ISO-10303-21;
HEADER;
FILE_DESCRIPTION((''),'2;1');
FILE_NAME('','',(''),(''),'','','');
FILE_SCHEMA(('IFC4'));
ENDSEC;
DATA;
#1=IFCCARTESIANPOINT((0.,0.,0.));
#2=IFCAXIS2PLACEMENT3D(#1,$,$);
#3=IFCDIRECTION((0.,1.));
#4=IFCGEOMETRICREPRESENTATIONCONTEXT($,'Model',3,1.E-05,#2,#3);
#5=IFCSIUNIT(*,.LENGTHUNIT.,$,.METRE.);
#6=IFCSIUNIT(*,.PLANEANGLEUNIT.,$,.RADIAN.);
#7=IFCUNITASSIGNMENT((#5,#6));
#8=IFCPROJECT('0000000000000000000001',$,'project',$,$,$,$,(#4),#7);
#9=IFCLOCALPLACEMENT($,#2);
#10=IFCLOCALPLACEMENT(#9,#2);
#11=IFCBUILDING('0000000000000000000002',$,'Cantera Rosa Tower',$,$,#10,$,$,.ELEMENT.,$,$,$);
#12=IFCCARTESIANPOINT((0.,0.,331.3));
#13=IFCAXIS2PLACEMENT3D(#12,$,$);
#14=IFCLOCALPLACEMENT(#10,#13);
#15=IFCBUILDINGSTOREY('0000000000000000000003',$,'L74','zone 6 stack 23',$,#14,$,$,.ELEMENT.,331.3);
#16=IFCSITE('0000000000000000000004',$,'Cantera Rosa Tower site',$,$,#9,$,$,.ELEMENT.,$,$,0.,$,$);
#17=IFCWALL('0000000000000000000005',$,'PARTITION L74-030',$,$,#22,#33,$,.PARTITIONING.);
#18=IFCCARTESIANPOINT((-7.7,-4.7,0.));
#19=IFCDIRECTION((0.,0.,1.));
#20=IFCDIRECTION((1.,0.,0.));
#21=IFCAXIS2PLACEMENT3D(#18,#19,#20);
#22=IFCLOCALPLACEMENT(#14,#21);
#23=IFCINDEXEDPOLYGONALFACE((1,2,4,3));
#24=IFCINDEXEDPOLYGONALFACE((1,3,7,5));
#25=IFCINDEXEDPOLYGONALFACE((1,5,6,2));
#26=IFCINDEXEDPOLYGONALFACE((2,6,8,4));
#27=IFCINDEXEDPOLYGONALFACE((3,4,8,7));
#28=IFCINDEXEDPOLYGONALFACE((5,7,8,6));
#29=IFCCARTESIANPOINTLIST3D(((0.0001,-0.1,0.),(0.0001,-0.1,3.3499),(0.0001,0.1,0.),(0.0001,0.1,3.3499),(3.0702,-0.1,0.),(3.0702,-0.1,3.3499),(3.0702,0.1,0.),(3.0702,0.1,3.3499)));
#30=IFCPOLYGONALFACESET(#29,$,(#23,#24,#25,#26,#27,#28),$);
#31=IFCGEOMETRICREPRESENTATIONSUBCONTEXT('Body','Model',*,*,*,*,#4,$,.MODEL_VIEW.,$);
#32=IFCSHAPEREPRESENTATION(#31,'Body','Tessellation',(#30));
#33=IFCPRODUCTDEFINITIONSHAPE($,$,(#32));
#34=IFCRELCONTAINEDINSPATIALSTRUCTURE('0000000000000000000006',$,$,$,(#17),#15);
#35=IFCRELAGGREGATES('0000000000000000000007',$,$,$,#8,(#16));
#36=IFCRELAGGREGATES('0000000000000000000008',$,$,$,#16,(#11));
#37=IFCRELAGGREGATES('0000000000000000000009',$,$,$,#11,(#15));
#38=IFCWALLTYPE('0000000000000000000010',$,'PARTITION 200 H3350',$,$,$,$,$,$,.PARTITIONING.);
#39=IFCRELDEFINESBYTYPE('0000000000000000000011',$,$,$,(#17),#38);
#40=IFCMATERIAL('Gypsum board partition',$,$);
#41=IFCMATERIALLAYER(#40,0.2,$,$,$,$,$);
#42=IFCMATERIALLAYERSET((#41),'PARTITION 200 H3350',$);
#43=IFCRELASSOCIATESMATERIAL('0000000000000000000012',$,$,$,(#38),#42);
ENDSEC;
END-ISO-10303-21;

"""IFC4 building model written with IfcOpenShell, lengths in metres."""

from ifc_helpers import new_model, si_unit, direction, frame, frame_2d, origin, place, context, subcontext, project, spatial, rectangle, extrude, material, layer, layer_set, type_object, element, save


model = new_model("IFC4")

# Units and contexts
model_context = context("Model", 3, precision=1e-05, world=origin(), true_north=direction((0.0, 1.0)))
body_context = subcontext(model_context, "Body", "Model", "MODEL_VIEW")
ifc_project = project(units=[si_unit("LENGTHUNIT", "METRE"), si_unit("PLANEANGLEUNIT", "RADIAN")], contexts=[model_context])

# Site, building, storey
site_placement = place(None, origin())
site = spatial("IfcSite", under=ifc_project, at=site_placement, Name="Cantera Rosa Tower site", CompositionType="ELEMENT", RefElevation=0.0)
building_placement = place(site_placement, origin())
building = spatial("IfcBuilding", under=site, at=building_placement, Name="Cantera Rosa Tower", CompositionType="ELEMENT")
storey_placement = place(building_placement, frame((0.0, 0.0, 331.3)))
storey = spatial("IfcBuildingStorey", under=building, at=storey_placement, Name="L74", Description="zone 6 stack 23", CompositionType="ELEMENT", Elevation=331.3)

# Wall
ifc_material_1 = material(Name="Gypsum board partition")
ifc_layer_1 = layer(ifc_material_1, 0.2)
ifc_layer_set_1 = layer_set([ifc_layer_1], Name="PARTITION 200 H3350")
wall_type_1 = type_object("IfcWallType", Name="PARTITION 200 H3350", PredefinedType="PARTITIONING", material=ifc_layer_set_1)
wall_1_placement = place(storey_placement, frame((-7.7, -4.7, 0.0), z_axis=(0.0, 0.0, 1.0), x_axis=(1.0, 0.0, 0.0)))
element("IfcWall", 1, at=wall_1_placement, inside=storey, type_object=wall_type_1, Name="PARTITION L74-030", PredefinedType="PARTITIONING", context=body_context, shape_type="SweptSolid", body=[
    extrude(rectangle(XDim=3.0701, YDim=0.2, at=frame_2d((1.5352, 0.0))), origin(), (0.0, 0.0, 1.0), 3.3499),
])

save(model, "model.ifc")
